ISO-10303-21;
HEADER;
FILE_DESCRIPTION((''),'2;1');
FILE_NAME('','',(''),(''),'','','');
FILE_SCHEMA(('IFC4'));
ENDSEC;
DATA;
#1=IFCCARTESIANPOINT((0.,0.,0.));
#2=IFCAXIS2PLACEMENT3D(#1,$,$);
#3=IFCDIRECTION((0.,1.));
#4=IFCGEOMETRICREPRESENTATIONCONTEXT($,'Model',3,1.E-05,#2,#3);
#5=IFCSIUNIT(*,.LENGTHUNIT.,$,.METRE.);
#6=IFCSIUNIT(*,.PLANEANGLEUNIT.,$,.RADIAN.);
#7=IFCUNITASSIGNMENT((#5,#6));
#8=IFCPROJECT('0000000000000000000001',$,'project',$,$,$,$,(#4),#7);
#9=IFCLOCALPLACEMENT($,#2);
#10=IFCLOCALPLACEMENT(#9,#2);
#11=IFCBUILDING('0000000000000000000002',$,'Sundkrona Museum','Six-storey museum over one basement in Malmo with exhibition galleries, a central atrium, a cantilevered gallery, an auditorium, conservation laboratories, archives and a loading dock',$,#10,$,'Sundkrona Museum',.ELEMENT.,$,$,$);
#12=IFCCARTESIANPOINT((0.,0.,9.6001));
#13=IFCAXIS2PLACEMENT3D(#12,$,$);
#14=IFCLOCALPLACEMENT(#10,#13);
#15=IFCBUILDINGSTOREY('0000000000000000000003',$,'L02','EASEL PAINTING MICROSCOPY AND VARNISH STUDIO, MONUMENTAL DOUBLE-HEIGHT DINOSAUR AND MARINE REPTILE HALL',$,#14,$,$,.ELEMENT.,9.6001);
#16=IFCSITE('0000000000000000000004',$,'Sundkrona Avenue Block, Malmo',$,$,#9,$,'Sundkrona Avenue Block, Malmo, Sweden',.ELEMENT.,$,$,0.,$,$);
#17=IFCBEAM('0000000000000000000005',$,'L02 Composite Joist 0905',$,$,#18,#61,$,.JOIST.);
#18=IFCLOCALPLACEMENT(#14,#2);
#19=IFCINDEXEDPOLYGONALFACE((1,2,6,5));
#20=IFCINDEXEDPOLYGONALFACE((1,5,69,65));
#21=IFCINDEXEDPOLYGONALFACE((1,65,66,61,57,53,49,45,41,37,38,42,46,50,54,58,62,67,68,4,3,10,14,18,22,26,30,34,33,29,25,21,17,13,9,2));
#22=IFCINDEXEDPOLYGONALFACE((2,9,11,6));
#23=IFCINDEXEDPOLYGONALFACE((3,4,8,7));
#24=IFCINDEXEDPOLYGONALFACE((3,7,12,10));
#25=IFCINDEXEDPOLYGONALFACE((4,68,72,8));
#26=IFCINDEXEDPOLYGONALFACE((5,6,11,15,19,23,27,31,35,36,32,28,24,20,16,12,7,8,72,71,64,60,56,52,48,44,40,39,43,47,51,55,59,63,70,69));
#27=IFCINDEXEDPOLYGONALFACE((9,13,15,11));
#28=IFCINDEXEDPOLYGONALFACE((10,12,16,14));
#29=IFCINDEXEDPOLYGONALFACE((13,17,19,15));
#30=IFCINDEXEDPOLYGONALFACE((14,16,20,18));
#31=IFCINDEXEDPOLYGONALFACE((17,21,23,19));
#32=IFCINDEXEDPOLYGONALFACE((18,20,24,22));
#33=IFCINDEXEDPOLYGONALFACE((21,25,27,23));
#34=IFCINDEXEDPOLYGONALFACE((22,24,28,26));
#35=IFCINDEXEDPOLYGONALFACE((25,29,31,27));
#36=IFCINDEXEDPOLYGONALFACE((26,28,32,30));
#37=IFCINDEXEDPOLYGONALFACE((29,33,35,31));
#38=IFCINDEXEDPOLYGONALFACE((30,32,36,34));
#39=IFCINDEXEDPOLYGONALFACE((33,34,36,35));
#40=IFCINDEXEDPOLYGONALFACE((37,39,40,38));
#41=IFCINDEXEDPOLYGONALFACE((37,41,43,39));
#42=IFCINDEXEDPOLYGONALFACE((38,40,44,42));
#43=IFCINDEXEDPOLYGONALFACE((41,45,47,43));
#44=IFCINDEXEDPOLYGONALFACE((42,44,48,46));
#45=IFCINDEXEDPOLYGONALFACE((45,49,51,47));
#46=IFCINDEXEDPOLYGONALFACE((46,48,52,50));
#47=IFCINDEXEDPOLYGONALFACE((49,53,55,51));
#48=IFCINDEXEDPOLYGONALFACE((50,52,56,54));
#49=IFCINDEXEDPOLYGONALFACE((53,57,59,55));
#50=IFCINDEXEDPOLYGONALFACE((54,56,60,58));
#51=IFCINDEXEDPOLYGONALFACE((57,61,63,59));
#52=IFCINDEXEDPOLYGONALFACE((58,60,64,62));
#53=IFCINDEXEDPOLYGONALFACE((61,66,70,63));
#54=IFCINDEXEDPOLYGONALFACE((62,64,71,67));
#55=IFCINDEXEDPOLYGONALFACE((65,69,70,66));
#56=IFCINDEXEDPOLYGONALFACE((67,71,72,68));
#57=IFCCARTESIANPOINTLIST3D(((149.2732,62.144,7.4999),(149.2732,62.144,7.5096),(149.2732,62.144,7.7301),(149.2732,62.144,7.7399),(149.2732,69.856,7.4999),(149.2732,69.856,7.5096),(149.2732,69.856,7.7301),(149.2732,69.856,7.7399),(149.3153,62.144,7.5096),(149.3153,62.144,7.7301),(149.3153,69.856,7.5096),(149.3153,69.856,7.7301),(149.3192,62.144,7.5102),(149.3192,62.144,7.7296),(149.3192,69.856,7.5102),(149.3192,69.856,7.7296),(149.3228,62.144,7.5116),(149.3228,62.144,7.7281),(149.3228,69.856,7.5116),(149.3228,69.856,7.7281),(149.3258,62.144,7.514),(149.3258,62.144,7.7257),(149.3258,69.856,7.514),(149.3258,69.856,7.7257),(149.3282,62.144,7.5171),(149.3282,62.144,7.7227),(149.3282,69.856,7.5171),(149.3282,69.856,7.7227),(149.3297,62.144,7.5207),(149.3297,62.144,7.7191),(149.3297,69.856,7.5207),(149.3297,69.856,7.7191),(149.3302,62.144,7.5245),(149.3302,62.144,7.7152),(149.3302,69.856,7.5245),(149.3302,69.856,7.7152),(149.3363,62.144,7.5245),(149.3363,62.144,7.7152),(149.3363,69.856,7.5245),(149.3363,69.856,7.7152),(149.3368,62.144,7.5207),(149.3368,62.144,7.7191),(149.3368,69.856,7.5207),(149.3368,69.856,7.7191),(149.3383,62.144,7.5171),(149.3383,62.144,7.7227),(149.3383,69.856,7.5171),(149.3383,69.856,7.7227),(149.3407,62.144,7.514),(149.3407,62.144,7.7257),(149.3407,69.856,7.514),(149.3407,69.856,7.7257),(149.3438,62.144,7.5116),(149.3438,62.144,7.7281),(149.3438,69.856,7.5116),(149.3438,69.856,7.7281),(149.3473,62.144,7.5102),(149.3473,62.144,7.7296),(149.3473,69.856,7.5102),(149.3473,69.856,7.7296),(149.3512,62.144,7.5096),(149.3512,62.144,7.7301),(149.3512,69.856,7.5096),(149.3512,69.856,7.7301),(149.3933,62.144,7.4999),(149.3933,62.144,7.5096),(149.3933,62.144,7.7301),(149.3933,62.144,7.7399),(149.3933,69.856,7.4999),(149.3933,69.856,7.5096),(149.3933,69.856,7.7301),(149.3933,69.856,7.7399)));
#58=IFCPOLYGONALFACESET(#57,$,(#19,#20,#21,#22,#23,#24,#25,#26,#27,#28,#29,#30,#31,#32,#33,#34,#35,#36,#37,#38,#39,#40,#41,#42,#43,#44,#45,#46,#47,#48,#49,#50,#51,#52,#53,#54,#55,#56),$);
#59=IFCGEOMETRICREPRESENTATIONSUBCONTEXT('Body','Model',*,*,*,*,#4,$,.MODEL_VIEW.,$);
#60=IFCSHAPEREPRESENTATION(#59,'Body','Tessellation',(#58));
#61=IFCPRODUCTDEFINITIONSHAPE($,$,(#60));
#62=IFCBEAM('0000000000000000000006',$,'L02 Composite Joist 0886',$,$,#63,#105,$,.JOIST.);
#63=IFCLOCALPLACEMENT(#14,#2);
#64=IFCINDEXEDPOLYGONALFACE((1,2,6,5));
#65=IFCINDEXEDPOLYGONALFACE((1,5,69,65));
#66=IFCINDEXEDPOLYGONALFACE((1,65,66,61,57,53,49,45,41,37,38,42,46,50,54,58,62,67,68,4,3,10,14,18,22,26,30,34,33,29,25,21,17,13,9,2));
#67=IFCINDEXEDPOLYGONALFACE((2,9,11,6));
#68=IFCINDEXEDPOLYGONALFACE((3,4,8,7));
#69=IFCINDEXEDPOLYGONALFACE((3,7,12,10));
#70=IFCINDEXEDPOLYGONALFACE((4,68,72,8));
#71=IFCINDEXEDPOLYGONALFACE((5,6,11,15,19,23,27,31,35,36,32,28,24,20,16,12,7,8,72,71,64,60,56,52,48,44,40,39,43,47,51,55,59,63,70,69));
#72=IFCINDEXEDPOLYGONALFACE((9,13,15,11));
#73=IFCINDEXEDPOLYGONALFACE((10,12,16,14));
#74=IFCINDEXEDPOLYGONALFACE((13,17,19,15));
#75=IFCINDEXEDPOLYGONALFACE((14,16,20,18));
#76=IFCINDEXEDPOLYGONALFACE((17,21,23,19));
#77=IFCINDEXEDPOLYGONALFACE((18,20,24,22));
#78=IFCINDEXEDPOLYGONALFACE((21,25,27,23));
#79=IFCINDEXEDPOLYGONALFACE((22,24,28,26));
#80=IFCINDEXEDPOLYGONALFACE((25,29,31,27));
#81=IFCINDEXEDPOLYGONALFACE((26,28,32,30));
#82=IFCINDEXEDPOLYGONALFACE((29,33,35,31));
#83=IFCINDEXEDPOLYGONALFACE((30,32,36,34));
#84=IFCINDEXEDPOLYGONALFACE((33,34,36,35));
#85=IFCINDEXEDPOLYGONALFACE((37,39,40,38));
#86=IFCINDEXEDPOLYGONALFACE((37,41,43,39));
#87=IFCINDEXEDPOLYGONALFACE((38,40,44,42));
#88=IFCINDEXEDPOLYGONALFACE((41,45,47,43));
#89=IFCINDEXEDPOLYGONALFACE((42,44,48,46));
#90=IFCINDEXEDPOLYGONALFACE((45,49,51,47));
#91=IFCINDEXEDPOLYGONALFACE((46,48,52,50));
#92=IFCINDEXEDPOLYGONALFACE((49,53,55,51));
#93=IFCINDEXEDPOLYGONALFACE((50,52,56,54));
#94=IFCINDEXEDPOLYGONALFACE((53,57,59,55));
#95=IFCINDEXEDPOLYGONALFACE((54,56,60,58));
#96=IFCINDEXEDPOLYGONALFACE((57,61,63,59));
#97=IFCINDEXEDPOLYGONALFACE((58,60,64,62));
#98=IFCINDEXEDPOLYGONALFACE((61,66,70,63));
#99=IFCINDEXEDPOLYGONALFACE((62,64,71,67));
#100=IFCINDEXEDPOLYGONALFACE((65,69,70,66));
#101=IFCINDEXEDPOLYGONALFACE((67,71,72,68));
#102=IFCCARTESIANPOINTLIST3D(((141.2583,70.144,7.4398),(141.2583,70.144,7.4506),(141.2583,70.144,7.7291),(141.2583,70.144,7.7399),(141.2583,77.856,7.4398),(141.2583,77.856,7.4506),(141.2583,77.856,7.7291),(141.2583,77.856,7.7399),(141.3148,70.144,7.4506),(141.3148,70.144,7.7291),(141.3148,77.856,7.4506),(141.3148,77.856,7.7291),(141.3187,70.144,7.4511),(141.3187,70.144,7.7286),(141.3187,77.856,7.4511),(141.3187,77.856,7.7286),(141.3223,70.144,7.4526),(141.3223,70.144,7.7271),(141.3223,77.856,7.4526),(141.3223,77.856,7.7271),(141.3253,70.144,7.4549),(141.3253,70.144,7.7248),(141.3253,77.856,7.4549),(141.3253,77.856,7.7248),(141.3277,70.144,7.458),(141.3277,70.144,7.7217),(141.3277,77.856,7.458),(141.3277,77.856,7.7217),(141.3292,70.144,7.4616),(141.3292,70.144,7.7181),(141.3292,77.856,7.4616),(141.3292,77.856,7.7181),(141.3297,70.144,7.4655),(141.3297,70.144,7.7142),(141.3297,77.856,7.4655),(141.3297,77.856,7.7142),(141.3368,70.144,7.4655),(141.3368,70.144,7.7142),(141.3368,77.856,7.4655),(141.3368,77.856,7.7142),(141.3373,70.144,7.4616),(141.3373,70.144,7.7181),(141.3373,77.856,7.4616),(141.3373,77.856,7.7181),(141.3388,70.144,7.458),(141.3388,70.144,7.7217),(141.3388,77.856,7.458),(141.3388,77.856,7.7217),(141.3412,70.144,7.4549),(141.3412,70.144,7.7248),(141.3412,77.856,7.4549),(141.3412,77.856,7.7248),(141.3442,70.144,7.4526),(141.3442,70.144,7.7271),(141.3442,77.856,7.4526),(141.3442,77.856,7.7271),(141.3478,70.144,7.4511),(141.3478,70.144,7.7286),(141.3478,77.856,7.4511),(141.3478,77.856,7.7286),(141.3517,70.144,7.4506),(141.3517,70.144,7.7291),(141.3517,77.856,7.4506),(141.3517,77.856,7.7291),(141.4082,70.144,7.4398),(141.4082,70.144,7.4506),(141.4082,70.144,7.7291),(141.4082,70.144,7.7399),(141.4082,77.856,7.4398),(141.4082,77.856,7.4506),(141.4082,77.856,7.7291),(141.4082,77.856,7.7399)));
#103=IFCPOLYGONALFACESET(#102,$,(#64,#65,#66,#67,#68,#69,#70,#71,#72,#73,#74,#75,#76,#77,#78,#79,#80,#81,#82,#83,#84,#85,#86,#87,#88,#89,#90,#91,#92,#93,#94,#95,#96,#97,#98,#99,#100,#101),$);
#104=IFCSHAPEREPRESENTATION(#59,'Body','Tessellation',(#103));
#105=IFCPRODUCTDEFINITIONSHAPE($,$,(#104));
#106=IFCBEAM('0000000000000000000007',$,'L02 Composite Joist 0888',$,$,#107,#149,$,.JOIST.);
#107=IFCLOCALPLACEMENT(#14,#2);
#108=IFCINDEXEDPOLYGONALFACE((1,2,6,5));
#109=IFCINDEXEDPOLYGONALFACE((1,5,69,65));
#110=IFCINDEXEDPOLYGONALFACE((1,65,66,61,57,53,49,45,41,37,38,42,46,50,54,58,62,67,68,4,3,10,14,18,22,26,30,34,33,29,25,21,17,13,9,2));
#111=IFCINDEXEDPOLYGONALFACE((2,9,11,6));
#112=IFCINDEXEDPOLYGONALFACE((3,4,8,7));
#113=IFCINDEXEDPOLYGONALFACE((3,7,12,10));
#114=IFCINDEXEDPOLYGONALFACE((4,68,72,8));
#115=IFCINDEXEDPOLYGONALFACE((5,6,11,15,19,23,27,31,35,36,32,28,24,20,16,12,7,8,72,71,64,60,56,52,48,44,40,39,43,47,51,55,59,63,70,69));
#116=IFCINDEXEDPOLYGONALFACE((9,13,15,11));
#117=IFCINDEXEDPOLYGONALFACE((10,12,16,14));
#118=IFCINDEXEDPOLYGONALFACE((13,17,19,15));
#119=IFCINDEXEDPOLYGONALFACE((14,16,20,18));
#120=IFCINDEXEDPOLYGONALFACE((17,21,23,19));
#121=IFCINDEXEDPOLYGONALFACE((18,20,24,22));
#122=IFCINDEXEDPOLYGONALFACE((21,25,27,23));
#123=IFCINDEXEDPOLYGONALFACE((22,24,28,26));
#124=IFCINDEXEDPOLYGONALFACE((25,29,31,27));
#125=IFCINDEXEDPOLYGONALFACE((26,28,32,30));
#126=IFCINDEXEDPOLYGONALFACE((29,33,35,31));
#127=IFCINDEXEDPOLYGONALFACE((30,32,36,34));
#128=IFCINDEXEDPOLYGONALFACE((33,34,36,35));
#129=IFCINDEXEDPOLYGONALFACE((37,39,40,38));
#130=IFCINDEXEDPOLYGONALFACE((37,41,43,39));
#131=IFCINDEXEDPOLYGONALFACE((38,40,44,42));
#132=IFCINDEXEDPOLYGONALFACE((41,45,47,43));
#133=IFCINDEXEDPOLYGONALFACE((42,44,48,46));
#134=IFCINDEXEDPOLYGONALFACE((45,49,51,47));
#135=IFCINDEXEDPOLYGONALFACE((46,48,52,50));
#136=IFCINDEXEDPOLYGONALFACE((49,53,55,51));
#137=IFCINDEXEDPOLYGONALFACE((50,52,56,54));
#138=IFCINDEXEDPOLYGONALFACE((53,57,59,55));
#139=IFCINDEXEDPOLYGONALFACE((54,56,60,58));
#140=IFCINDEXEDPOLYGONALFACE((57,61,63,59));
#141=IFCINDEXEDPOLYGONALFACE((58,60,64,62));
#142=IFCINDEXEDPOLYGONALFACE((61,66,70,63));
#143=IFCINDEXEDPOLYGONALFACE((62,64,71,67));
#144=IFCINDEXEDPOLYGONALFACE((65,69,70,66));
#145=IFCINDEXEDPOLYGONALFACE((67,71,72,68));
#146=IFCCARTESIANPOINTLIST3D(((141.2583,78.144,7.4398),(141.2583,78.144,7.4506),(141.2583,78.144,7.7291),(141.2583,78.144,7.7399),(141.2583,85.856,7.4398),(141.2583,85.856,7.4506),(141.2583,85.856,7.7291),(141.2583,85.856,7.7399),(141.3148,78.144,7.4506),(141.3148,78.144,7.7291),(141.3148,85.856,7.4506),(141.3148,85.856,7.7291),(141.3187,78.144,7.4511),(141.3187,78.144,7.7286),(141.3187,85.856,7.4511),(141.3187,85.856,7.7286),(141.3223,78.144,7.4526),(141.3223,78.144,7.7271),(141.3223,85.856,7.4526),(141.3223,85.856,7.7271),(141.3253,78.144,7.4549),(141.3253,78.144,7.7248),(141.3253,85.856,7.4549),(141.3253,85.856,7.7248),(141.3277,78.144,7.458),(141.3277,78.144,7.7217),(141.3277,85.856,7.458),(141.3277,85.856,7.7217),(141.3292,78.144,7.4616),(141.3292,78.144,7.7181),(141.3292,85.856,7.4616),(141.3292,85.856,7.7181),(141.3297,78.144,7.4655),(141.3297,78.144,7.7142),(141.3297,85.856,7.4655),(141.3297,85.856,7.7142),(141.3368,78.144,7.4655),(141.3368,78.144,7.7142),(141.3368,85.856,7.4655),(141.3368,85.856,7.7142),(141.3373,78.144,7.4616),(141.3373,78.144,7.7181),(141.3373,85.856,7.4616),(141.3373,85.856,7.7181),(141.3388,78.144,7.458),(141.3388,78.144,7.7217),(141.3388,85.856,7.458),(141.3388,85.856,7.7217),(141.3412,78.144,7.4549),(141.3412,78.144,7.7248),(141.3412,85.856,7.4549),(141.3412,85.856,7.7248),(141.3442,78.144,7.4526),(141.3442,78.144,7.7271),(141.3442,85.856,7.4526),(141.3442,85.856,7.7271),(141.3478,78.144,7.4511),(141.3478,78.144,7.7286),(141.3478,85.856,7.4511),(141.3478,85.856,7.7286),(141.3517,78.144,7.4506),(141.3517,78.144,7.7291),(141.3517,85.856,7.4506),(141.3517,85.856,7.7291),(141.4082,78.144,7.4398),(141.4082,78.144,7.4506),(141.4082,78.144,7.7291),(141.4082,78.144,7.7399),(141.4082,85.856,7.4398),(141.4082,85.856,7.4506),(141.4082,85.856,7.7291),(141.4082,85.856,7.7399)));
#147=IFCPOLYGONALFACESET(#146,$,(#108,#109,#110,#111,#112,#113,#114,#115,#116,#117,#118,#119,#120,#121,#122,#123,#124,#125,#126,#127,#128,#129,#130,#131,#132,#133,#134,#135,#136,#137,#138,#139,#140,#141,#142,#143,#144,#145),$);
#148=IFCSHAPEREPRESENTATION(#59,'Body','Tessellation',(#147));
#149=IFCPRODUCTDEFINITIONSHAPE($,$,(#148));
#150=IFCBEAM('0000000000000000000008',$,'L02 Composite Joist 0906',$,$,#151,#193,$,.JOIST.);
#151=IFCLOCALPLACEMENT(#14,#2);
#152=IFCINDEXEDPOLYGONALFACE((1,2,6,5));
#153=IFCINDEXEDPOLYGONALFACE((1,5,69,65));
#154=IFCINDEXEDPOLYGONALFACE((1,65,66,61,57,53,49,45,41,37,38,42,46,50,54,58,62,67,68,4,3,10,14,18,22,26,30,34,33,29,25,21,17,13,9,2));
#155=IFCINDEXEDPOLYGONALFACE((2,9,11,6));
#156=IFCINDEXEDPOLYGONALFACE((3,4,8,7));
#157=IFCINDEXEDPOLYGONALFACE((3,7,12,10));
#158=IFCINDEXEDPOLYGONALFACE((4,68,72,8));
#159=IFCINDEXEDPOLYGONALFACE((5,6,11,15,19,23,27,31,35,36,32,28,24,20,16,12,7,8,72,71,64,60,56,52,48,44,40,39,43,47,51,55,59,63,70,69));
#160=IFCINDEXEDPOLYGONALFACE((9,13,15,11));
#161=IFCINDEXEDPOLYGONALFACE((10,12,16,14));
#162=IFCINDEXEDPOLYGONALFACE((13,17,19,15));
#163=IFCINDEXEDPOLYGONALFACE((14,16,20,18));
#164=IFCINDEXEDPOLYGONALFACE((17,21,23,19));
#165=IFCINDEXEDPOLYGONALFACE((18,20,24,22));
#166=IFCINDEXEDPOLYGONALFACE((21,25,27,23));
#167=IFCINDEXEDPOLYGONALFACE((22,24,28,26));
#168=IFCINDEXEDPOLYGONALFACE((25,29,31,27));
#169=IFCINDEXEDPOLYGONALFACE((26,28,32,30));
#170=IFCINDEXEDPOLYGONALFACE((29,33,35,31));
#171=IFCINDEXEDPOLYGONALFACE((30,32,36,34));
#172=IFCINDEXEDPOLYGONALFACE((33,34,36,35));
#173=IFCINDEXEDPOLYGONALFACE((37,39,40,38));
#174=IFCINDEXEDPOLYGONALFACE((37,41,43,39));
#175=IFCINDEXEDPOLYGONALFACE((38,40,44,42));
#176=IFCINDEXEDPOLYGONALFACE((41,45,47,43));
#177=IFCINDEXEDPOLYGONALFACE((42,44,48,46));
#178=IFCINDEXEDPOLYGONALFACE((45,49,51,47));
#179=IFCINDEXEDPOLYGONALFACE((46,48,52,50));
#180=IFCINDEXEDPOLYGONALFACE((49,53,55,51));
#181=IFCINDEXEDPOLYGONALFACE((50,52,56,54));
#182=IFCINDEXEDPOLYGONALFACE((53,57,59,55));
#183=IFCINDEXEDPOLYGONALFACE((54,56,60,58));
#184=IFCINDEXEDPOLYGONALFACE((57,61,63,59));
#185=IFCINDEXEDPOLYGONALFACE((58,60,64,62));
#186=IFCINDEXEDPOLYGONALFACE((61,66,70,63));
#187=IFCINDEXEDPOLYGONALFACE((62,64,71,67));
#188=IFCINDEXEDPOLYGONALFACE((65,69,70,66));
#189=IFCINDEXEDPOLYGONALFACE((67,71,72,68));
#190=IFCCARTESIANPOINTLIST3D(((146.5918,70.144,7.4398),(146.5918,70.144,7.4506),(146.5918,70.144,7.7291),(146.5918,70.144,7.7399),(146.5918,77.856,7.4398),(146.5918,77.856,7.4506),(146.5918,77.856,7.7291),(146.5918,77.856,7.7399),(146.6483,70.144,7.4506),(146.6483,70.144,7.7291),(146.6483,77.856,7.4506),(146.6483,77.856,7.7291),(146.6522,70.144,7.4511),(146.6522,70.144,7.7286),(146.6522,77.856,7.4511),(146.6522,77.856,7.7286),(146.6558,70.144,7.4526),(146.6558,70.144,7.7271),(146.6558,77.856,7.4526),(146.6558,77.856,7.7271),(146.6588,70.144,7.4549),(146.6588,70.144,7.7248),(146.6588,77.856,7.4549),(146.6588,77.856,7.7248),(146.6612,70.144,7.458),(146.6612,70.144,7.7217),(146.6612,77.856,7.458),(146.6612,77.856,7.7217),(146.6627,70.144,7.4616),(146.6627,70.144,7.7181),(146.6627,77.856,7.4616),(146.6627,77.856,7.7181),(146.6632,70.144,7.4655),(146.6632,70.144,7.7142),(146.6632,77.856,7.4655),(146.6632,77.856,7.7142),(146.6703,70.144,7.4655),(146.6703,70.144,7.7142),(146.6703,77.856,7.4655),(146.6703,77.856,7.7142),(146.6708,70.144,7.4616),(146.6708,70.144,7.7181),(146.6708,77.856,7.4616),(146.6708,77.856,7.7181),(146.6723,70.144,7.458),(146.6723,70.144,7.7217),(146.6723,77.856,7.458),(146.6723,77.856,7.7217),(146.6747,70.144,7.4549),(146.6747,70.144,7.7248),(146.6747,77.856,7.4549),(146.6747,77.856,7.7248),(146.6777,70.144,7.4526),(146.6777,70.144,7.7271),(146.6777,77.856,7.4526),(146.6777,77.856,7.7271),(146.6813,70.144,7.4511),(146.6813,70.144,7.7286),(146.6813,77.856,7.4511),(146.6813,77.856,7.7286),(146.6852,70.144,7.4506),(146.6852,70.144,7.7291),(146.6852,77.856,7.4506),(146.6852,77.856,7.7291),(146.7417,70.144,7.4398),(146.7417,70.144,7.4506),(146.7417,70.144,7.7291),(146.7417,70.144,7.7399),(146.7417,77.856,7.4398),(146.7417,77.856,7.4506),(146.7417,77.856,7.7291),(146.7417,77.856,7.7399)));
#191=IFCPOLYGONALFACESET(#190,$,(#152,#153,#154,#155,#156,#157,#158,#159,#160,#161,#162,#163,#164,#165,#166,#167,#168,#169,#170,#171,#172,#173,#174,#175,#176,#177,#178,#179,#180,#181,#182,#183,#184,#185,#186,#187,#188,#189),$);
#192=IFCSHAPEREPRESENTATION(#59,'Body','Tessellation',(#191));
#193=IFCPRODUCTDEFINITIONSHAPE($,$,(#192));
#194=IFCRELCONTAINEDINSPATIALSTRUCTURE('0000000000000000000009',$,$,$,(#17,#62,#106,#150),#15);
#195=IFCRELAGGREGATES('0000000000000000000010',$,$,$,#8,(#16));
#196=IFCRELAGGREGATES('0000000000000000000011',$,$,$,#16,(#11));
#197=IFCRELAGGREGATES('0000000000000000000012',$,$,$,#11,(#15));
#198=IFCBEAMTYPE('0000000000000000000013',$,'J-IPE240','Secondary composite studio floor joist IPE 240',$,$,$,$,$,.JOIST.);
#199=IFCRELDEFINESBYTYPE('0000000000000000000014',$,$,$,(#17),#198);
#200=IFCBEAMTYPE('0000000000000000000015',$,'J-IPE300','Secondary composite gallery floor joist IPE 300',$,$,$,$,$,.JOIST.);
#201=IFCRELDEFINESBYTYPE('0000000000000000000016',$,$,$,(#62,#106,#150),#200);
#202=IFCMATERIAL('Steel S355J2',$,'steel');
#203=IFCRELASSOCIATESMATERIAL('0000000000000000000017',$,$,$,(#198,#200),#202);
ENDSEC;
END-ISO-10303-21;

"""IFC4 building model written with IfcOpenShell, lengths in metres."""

from ifc_helpers import new_model, si_unit, direction, frame, origin, origin_2d, place, context, subcontext, project, spatial, i_section, extrude, material, material_profile, profile_set, type_object, element, save


model = new_model("IFC4")

# Units and contexts
model_context = context("Model", 3, precision=1e-05, world=origin(), true_north=direction((0.0, 1.0)))
body_context = subcontext(model_context, "Body", "Model", "MODEL_VIEW")
ifc_project = project(units=[si_unit("LENGTHUNIT", "METRE"), si_unit("PLANEANGLEUNIT", "RADIAN")], contexts=[model_context])

# Site, building, storey
site_placement = place(None, origin())
site = spatial("IfcSite", under=ifc_project, at=site_placement, Name="Sundkrona Avenue Block, Malmo", LongName="Sundkrona Avenue Block, Malmo, Sweden", CompositionType="ELEMENT", RefElevation=0.0)
building_placement = place(site_placement, origin())
building = spatial("IfcBuilding", under=site, at=building_placement, Name="Sundkrona Museum", Description="Six-storey museum over one basement in Malmo with exhibition galleries, a central atrium, a cantilevered gallery, an auditorium, conservation laboratories, archives and a loading dock", LongName="Sundkrona Museum", CompositionType="ELEMENT")
storey_placement = place(building_placement, frame((0.0, 0.0, 9.6001)))
storey = spatial("IfcBuildingStorey", under=building, at=storey_placement, Name="L02", Description="EASEL PAINTING MICROSCOPY AND VARNISH STUDIO, MONUMENTAL DOUBLE-HEIGHT DINOSAUR AND MARINE REPTILE HALL", CompositionType="ELEMENT", Elevation=9.6001)

# Shared definitions
ifc_material_1 = material(Name="Steel S355J2", Category="steel")

# Beams
ifc_material_profile_1 = material_profile(ifc_material_1, i_section(OverallWidth=0.1201, OverallDepth=0.24, WebThickness=0.0061, FlangeThickness=0.0098, FilletRadius=0.0149, at=origin_2d()), Name="IPE 240")
ifc_profile_set_1 = profile_set([ifc_material_profile_1], Name="Steel S355J2")
beam_type_1 = type_object("IfcBeamType", Name="J-IPE240", Description="Secondary composite studio floor joist IPE 240", PredefinedType="JOIST", material=ifc_profile_set_1)
beam_placement = place(storey_placement, frame((149.3333, 62.144, 7.6199), z_axis=(0.0, 1.0, 0.0), x_axis=(-1.0, 0.0, 0.0)))
element("IfcBeam", 1, at=beam_placement, inside=storey, type_object=beam_type_1, Name="L02 Composite Joist 0905", PredefinedType="JOIST", context=body_context, shape_type="SweptSolid", body=[
    extrude(i_section(OverallWidth=0.1201, OverallDepth=0.24, WebThickness=0.0061, FlangeThickness=0.0098, FilletRadius=0.0149, at=origin_2d()), origin(), (0.0, 0.0, 1.0), 7.7119),
])
ifc_material_profile_2 = material_profile(ifc_material_1, i_section(OverallWidth=0.1499, OverallDepth=0.3, WebThickness=0.0071, FlangeThickness=0.0107, FilletRadius=0.0149, at=origin_2d()), Name="IPE 300")
ifc_profile_set_2 = profile_set([ifc_material_profile_2], Name="Steel S355J2")
beam_type_2 = type_object("IfcBeamType", Name="J-IPE300", Description="Secondary composite gallery floor joist IPE 300", PredefinedType="JOIST", material=ifc_profile_set_2)
for number, where, z_axis, x_axis, name in (
    (2, (141.3333, 70.144, 7.5898), (0.0, 1.0, 0.0), (-1.0, 0.0, 0.0), "L02 Composite Joist 0886"),
    (3, (141.3333, 78.144, 7.5898), (0.0, 1.0, 0.0), (-1.0, 0.0, 0.0), "L02 Composite Joist 0888"),
    (4, (146.6667, 70.144, 7.5898), (0.0, 1.0, 0.0), (-1.0, 0.0, 0.0), "L02 Composite Joist 0906"),
):
    element("IfcBeam", number, at=place(storey_placement, frame(where, z_axis=z_axis, x_axis=x_axis)), inside=storey, type_object=beam_type_2, Name=name, PredefinedType="JOIST", context=body_context, shape_type="SweptSolid", body=[
        extrude(i_section(OverallWidth=0.1499, OverallDepth=0.3, WebThickness=0.0071, FlangeThickness=0.0107, FilletRadius=0.0149, at=origin_2d()), origin(), (0.0, 0.0, 1.0), 7.7119),
    ])

save(model, "model.ifc")
